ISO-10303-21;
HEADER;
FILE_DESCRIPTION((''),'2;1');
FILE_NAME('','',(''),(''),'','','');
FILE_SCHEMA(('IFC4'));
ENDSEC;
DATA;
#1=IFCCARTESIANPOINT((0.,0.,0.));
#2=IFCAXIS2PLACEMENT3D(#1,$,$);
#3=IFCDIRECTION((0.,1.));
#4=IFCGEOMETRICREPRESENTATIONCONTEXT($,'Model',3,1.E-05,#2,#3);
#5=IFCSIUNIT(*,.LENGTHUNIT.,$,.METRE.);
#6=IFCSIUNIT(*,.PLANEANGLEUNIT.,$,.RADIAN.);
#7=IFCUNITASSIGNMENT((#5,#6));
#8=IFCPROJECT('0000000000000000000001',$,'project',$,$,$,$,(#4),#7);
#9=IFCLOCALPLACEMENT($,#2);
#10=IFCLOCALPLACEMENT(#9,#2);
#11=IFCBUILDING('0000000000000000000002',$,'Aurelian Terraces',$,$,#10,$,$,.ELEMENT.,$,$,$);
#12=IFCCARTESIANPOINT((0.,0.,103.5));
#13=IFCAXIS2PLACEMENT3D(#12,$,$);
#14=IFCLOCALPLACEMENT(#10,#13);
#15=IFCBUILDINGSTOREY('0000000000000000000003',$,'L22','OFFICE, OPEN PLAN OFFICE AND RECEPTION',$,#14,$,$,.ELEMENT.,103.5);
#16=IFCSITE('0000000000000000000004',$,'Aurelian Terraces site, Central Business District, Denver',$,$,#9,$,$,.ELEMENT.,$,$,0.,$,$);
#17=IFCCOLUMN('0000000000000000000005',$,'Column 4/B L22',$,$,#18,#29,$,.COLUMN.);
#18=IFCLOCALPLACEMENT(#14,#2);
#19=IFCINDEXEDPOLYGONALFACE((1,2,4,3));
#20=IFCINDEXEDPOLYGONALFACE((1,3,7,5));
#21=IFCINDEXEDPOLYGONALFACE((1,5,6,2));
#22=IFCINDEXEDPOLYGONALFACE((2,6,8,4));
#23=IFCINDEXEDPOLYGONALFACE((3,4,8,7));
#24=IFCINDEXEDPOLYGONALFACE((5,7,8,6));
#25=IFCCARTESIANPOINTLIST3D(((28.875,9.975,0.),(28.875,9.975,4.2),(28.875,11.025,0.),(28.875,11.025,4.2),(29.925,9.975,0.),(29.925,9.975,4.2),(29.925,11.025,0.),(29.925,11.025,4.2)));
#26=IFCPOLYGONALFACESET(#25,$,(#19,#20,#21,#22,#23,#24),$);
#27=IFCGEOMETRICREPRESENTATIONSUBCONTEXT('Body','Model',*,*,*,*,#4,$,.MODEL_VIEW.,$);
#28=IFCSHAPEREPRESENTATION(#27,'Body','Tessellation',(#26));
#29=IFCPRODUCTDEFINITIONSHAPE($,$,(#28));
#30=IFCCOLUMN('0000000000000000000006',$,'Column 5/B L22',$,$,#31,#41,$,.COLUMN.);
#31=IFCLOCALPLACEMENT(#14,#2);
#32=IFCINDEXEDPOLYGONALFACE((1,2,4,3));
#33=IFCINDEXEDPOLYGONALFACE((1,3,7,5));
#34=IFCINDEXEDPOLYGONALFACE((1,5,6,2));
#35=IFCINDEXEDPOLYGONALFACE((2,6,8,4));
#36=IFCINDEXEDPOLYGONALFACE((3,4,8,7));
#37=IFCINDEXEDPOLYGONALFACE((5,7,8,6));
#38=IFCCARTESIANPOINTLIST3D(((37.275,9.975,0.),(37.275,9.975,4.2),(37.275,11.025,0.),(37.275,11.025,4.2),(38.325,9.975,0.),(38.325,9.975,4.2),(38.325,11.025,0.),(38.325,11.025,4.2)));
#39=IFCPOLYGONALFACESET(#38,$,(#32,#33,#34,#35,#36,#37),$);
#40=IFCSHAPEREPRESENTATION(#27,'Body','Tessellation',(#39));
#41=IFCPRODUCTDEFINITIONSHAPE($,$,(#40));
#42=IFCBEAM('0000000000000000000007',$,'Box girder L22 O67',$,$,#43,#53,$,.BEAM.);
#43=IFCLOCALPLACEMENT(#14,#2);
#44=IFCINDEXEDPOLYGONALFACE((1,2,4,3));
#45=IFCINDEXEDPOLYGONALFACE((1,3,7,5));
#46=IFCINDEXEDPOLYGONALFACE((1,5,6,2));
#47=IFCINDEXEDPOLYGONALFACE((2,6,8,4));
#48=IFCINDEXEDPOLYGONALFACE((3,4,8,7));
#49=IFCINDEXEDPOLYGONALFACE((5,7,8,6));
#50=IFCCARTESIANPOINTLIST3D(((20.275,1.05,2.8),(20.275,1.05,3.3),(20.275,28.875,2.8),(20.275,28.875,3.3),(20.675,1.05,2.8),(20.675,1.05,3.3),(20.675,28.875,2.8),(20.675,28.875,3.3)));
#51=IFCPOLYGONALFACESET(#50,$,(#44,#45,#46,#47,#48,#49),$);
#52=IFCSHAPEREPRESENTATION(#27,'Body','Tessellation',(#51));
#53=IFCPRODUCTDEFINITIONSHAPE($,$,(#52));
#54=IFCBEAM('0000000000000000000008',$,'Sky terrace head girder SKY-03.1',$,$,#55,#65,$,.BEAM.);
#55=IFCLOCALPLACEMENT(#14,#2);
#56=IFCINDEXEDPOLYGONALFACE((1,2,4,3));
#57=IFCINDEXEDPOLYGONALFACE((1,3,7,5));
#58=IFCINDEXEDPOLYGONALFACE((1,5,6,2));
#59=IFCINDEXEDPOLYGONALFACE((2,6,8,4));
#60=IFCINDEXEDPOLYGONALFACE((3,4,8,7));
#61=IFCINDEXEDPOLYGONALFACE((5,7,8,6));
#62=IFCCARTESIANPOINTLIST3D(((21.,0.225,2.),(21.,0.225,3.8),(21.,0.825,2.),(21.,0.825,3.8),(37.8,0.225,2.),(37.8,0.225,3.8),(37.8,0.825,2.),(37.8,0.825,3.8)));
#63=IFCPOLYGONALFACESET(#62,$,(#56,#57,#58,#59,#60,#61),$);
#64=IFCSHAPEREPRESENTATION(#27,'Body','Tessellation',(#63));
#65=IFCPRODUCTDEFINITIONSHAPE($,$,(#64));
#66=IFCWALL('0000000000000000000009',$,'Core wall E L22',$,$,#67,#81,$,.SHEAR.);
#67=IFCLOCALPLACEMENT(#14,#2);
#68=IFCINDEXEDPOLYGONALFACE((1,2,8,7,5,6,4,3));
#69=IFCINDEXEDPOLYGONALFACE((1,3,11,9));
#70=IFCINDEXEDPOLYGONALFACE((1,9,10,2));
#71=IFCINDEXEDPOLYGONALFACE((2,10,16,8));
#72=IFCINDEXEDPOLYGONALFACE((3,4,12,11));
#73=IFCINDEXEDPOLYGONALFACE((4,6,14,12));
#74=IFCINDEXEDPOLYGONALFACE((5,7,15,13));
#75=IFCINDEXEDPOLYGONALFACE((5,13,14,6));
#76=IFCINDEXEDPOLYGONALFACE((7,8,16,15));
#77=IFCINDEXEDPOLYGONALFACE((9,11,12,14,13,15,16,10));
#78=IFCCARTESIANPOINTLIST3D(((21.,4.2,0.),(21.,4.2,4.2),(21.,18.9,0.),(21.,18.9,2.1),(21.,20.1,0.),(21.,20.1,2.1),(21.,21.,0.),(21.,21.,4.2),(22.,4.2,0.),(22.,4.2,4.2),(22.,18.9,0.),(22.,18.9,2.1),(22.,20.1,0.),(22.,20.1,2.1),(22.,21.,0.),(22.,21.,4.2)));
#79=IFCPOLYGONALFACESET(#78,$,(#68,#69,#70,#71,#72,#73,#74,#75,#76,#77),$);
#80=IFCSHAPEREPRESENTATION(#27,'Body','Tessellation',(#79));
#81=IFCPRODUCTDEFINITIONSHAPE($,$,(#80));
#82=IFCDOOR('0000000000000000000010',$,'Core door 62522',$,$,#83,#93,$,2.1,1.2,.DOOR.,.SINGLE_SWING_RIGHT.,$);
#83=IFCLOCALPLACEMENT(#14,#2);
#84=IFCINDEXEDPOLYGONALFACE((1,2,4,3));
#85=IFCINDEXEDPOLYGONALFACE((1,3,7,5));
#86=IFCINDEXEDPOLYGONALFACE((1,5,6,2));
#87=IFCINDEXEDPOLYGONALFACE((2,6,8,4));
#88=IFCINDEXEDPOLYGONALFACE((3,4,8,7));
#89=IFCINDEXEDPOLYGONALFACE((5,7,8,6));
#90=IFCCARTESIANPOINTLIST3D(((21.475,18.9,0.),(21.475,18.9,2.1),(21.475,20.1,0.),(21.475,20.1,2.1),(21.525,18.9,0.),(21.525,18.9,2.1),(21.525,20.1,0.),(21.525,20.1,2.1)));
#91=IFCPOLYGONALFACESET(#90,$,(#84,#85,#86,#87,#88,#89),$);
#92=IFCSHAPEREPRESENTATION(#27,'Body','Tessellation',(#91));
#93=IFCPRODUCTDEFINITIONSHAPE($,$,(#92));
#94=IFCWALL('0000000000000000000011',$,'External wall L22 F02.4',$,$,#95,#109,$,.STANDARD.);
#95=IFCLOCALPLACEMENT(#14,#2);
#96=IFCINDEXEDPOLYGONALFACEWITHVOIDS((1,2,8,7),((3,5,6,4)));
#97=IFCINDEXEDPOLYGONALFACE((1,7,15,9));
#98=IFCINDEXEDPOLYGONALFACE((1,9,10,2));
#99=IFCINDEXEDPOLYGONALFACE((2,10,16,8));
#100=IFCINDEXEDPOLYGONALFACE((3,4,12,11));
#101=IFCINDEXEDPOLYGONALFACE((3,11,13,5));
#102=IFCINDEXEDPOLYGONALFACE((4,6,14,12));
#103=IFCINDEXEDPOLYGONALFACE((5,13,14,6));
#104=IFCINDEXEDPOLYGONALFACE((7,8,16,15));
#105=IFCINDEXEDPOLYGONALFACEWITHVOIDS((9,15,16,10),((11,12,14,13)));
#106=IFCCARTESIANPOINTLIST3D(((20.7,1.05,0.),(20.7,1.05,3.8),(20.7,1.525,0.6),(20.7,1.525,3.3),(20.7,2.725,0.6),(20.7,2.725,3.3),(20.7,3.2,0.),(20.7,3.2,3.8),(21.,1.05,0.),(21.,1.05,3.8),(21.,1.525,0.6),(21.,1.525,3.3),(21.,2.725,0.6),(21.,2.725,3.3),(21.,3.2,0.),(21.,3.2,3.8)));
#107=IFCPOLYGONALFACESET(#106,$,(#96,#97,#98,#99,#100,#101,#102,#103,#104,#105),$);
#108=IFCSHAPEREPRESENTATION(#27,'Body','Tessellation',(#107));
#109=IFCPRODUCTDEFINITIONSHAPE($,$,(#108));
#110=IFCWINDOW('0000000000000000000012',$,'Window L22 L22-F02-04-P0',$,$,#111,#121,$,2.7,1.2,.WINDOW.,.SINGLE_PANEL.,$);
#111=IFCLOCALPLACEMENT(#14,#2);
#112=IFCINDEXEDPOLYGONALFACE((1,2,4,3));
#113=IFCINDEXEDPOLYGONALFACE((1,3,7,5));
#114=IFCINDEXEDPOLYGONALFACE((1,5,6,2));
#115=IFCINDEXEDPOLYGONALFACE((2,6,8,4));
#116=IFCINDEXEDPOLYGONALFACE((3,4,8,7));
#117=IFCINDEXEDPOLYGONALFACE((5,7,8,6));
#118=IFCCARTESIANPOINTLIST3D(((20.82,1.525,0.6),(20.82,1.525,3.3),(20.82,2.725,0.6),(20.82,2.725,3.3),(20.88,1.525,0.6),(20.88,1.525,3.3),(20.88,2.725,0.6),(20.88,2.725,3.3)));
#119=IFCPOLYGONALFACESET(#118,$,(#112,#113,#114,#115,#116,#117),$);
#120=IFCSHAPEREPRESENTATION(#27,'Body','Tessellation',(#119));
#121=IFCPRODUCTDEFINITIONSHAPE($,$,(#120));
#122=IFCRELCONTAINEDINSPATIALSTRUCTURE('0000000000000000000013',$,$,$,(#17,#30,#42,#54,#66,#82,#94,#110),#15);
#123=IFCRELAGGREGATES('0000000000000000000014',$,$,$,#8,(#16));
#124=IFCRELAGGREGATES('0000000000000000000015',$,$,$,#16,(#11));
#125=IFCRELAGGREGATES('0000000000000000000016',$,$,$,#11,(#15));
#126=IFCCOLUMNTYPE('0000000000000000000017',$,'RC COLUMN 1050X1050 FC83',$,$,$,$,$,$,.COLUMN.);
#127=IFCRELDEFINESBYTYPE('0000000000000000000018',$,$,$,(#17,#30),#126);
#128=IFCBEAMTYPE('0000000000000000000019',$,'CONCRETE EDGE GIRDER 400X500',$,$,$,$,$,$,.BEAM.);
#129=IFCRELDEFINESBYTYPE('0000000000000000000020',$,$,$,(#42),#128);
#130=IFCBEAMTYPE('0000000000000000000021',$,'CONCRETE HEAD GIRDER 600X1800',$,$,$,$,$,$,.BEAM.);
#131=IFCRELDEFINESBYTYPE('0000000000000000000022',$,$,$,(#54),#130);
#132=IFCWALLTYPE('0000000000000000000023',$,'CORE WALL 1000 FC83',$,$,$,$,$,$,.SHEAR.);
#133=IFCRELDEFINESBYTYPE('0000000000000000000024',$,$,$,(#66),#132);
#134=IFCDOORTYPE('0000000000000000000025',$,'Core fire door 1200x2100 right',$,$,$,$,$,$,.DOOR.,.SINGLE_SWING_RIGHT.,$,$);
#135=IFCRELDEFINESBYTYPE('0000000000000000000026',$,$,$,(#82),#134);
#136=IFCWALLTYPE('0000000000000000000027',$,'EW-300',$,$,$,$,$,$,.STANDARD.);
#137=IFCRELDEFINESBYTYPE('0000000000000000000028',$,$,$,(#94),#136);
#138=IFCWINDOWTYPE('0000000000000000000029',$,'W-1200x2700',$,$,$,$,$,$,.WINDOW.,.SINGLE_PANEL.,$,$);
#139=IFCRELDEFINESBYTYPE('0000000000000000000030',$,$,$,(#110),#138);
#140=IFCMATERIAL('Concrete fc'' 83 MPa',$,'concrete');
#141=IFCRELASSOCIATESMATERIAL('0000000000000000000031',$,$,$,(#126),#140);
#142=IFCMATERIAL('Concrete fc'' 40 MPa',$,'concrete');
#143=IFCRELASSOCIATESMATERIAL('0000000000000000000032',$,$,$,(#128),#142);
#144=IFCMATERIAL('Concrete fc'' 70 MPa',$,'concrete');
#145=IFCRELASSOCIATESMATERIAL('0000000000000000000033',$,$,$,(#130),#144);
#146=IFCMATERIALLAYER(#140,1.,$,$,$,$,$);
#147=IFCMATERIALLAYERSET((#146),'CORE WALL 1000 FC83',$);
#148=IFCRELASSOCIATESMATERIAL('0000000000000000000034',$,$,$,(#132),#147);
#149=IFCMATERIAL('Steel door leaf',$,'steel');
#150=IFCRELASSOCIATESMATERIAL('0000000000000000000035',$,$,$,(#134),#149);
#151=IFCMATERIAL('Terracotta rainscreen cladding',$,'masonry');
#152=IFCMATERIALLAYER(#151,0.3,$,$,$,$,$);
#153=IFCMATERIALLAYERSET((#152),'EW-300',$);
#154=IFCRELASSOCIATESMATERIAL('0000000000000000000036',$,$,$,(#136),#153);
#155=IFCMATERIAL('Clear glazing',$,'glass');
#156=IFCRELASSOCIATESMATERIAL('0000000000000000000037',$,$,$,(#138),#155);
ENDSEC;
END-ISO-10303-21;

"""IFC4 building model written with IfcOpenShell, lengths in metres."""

from ifc_helpers import new_model, si_unit, direction, frame, frame_2d, origin, origin_2d, place, context, subcontext, project, spatial, rectangle, extrude, source, transform, mapped, material, layer, layer_set, material_profile, profile_set, type_object, element, fill, save


model = new_model("IFC4")

# Units and contexts
model_context = context("Model", 3, precision=1e-05, world=origin(), true_north=direction((0.0, 1.0)))
body_context = subcontext(model_context, "Body", "Model", "MODEL_VIEW")
ifc_project = project(units=[si_unit("LENGTHUNIT", "METRE"), si_unit("PLANEANGLEUNIT", "RADIAN")], contexts=[model_context])

# Site, building, storey
site_placement = place(None, origin())
site = spatial("IfcSite", under=ifc_project, at=site_placement, Name="Aurelian Terraces site, Central Business District, Denver", CompositionType="ELEMENT", RefElevation=0.0)
building_placement = place(site_placement, origin())
building = spatial("IfcBuilding", under=site, at=building_placement, Name="Aurelian Terraces", CompositionType="ELEMENT")
storey_placement = place(building_placement, frame((0.0, 0.0, 103.5)))
storey = spatial("IfcBuildingStorey", under=building, at=storey_placement, Name="L22", Description="OFFICE, OPEN PLAN OFFICE AND RECEPTION", CompositionType="ELEMENT", Elevation=103.5)

# Columns
ifc_material_1 = material(Name="Concrete fc' 83 MPa", Category="concrete")
ifc_material_profile_1 = material_profile(ifc_material_1, rectangle(XDim=1.05, YDim=1.05, at=origin_2d()))
ifc_profile_set_1 = profile_set([ifc_material_profile_1], Name="Concrete fc' 83 MPa")
column_type = type_object("IfcColumnType", Name="RC COLUMN 1050X1050 FC83", PredefinedType="COLUMN", material=ifc_profile_set_1)
shared_shape_1 = source(origin(), body_context, "Body", "SweptSolid", [
    extrude(rectangle(XDim=1.05, YDim=1.05, at=origin_2d()), origin(), (0.0, 0.0, 1.0), 4.2),
])
for number, where, z_axis, x_axis, name in (
    (1, (29.4, 10.5, 0.0), (0.0, 0.0, 1.0), (1.0, 0.0, 0.0), "Column 4/B L22"),
    (2, (37.8, 10.5, 0.0), (0.0, 0.0, 1.0), (1.0, 0.0, 0.0), "Column 5/B L22"),
):
    element("IfcColumn", number, at=place(storey_placement, frame(where, z_axis=z_axis, x_axis=x_axis)), inside=storey, type_object=column_type, Name=name, PredefinedType="COLUMN", context=body_context, shape_type="MappedRepresentation", body=[
        mapped(shared_shape_1, transform((0.0, 0.0, 0.0), scale=1.0)),
    ])

# Beams
ifc_material_2 = material(Name="Concrete fc' 40 MPa", Category="concrete")
ifc_material_profile_2 = material_profile(ifc_material_2, rectangle(XDim=0.4, YDim=0.5, at=origin_2d()))
ifc_profile_set_2 = profile_set([ifc_material_profile_2], Name="Concrete fc' 40 MPa")
beam_type_1 = type_object("IfcBeamType", Name="CONCRETE EDGE GIRDER 400X500", PredefinedType="BEAM", material=ifc_profile_set_2)
beam_1_placement = place(storey_placement, frame((20.475, 1.05, 3.05), z_axis=(0.0, 1.0, 0.0), x_axis=(-1.0, 0.0, 0.0)))
element("IfcBeam", 3, at=beam_1_placement, inside=storey, type_object=beam_type_1, Name="Box girder L22 O67", PredefinedType="BEAM", context=body_context, shape_type="SweptSolid", body=[
    extrude(rectangle(XDim=0.4, YDim=0.5, at=origin_2d()), origin(), (0.0, 0.0, 1.0), 27.825),
])
ifc_material_3 = material(Name="Concrete fc' 70 MPa", Category="concrete")
ifc_material_profile_3 = material_profile(ifc_material_3, rectangle(XDim=0.6, YDim=1.8, at=origin_2d()))
ifc_profile_set_3 = profile_set([ifc_material_profile_3], Name="Concrete fc' 70 MPa")
beam_type_2 = type_object("IfcBeamType", Name="CONCRETE HEAD GIRDER 600X1800", PredefinedType="BEAM", material=ifc_profile_set_3)
shared_shape_2 = source(origin(), body_context, "Body", "SweptSolid", [
    extrude(rectangle(XDim=0.6, YDim=1.8, at=origin_2d()), origin(), (0.0, 0.0, 1.0), 16.8),
])
beam_2_placement = place(storey_placement, frame((21.0, 0.525, 2.9), z_axis=(1.0, 0.0, 0.0), x_axis=(0.0, 1.0, 0.0)))
element("IfcBeam", 4, at=beam_2_placement, inside=storey, type_object=beam_type_2, Name="Sky terrace head girder SKY-03.1", PredefinedType="BEAM", context=body_context, shape_type="MappedRepresentation", body=[
    mapped(shared_shape_2, transform((0.0, 0.0, 0.0), scale=1.0)),
])

# Wall, opening, door
ifc_layer_1 = layer(ifc_material_1, 1.0)
ifc_layer_set_1 = layer_set([ifc_layer_1], Name="CORE WALL 1000 FC83")
wall_type_1 = type_object("IfcWallType", Name="CORE WALL 1000 FC83", PredefinedType="SHEAR", material=ifc_layer_set_1)
wall_1_placement = place(storey_placement, frame((21.5, 4.2, 0.0), z_axis=(0.0, 0.0, 1.0), x_axis=(0.0, 1.0, 0.0)))
wall_1 = element("IfcWall", 5, at=wall_1_placement, inside=storey, type_object=wall_type_1, Name="Core wall E L22", PredefinedType="SHEAR", context=body_context, shape_type="SweptSolid", body=[
    extrude(rectangle(XDim=16.8, YDim=1.0, at=frame_2d((8.4, 0.0))), origin(), (0.0, 0.0, 1.0), 4.2),
])
shared_shape_3 = source(origin(), body_context, "Body", "SweptSolid", [
    extrude(rectangle(XDim=1.2, YDim=2.1, at=frame_2d((0.6, 1.05))), frame((0.0, 0.51, 0.0), z_axis=(0.0, -1.0, 0.0), x_axis=(1.0, 0.0, 0.0)), (0.0, 0.0, 1.0), 1.02),
])
opening_1_placement = place(wall_1_placement, frame((14.7, 0.0, 0.0)))
opening_1 = element("IfcOpeningElement", 6, at=opening_1_placement, cuts=wall_1, PredefinedType="OPENING", context=body_context, shape_type="MappedRepresentation", body=[
    mapped(shared_shape_3, transform((0.0, 0.0, 0.0), scale=1.0)),
])
ifc_material_4 = material(Name="Steel door leaf", Category="steel")
door_type = type_object("IfcDoorType", Name="Core fire door 1200x2100 right", OperationType="SINGLE_SWING_RIGHT", PredefinedType="DOOR", material=ifc_material_4)
shared_shape_4 = source(origin(), body_context, "Body", "SweptSolid", [
    extrude(rectangle(XDim=1.2, YDim=2.1, at=frame_2d((0.6, 1.05))), frame((0.0, 0.025, 0.0), z_axis=(0.0, -1.0, 0.0), x_axis=(1.0, 0.0, 0.0)), (0.0, 0.0, 1.0), 0.05),
])
door_placement = place(opening_1_placement, origin())
door = element("IfcDoor", 7, at=door_placement, inside=storey, type_object=door_type, Name="Core door 62522", OperationType="SINGLE_SWING_RIGHT", OverallHeight=2.1, OverallWidth=1.2, PredefinedType="DOOR", context=body_context, shape_type="MappedRepresentation", body=[
    mapped(shared_shape_4, transform((0.0, 0.0, 0.0), scale=1.0)),
])
fill(opening_1, door)

# Wall, opening, window
ifc_material_5 = material(Name="Terracotta rainscreen cladding", Category="masonry")
ifc_layer_2 = layer(ifc_material_5, 0.3)
ifc_layer_set_2 = layer_set([ifc_layer_2], Name="EW-300")
wall_type_2 = type_object("IfcWallType", Name="EW-300", PredefinedType="STANDARD", material=ifc_layer_set_2)
wall_2_placement = place(storey_placement, frame((20.85, 1.05, 0.0), z_axis=(0.0, 0.0, 1.0), x_axis=(0.0, 1.0, 0.0)))
wall_2 = element("IfcWall", 8, at=wall_2_placement, inside=storey, type_object=wall_type_2, Name="External wall L22 F02.4", PredefinedType="STANDARD", context=body_context, shape_type="SweptSolid", body=[
    extrude(rectangle(XDim=2.15, YDim=0.3, at=frame_2d((1.075, 0.0))), origin(), (0.0, 0.0, 1.0), 3.8),
])
shared_shape_5 = source(origin(), body_context, "Body", "SweptSolid", [
    extrude(rectangle(XDim=1.2, YDim=2.7, at=frame_2d((0.6, 1.35))), frame((0.0, 0.16, 0.0), z_axis=(0.0, -1.0, 0.0), x_axis=(1.0, 0.0, 0.0)), (0.0, 0.0, 1.0), 0.32),
])
opening_2_placement = place(wall_2_placement, frame((0.475, 0.0, 0.6)))
opening_2 = element("IfcOpeningElement", 9, at=opening_2_placement, cuts=wall_2, PredefinedType="OPENING", context=body_context, shape_type="MappedRepresentation", body=[
    mapped(shared_shape_5, transform((0.0, 0.0, 0.0), scale=1.0)),
])
ifc_material_6 = material(Name="Clear glazing", Category="glass")
window_type_1 = type_object("IfcWindowType", Name="W-1200x2700", PartitioningType="SINGLE_PANEL", PredefinedType="WINDOW", material=ifc_material_6)
shared_shape_6 = source(origin(), body_context, "Body", "SweptSolid", [
    extrude(rectangle(XDim=1.2, YDim=2.7, at=frame_2d((0.6, 1.35))), frame((0.0, 0.03, 0.0), z_axis=(0.0, -1.0, 0.0), x_axis=(1.0, 0.0, 0.0)), (0.0, 0.0, 1.0), 0.06),
])
window_1_placement = place(opening_2_placement, origin())
window_1 = element("IfcWindow", 10, at=window_1_placement, inside=storey, type_object=window_type_1, Name="Window L22 L22-F02-04-P0", OverallHeight=2.7, OverallWidth=1.2, PartitioningType="SINGLE_PANEL", PredefinedType="WINDOW", context=body_context, shape_type="MappedRepresentation", body=[
    mapped(shared_shape_6, transform((0.0, 0.0, 0.0), scale=1.0)),
])
fill(opening_2, window_1)

save(model, "model.ifc")
